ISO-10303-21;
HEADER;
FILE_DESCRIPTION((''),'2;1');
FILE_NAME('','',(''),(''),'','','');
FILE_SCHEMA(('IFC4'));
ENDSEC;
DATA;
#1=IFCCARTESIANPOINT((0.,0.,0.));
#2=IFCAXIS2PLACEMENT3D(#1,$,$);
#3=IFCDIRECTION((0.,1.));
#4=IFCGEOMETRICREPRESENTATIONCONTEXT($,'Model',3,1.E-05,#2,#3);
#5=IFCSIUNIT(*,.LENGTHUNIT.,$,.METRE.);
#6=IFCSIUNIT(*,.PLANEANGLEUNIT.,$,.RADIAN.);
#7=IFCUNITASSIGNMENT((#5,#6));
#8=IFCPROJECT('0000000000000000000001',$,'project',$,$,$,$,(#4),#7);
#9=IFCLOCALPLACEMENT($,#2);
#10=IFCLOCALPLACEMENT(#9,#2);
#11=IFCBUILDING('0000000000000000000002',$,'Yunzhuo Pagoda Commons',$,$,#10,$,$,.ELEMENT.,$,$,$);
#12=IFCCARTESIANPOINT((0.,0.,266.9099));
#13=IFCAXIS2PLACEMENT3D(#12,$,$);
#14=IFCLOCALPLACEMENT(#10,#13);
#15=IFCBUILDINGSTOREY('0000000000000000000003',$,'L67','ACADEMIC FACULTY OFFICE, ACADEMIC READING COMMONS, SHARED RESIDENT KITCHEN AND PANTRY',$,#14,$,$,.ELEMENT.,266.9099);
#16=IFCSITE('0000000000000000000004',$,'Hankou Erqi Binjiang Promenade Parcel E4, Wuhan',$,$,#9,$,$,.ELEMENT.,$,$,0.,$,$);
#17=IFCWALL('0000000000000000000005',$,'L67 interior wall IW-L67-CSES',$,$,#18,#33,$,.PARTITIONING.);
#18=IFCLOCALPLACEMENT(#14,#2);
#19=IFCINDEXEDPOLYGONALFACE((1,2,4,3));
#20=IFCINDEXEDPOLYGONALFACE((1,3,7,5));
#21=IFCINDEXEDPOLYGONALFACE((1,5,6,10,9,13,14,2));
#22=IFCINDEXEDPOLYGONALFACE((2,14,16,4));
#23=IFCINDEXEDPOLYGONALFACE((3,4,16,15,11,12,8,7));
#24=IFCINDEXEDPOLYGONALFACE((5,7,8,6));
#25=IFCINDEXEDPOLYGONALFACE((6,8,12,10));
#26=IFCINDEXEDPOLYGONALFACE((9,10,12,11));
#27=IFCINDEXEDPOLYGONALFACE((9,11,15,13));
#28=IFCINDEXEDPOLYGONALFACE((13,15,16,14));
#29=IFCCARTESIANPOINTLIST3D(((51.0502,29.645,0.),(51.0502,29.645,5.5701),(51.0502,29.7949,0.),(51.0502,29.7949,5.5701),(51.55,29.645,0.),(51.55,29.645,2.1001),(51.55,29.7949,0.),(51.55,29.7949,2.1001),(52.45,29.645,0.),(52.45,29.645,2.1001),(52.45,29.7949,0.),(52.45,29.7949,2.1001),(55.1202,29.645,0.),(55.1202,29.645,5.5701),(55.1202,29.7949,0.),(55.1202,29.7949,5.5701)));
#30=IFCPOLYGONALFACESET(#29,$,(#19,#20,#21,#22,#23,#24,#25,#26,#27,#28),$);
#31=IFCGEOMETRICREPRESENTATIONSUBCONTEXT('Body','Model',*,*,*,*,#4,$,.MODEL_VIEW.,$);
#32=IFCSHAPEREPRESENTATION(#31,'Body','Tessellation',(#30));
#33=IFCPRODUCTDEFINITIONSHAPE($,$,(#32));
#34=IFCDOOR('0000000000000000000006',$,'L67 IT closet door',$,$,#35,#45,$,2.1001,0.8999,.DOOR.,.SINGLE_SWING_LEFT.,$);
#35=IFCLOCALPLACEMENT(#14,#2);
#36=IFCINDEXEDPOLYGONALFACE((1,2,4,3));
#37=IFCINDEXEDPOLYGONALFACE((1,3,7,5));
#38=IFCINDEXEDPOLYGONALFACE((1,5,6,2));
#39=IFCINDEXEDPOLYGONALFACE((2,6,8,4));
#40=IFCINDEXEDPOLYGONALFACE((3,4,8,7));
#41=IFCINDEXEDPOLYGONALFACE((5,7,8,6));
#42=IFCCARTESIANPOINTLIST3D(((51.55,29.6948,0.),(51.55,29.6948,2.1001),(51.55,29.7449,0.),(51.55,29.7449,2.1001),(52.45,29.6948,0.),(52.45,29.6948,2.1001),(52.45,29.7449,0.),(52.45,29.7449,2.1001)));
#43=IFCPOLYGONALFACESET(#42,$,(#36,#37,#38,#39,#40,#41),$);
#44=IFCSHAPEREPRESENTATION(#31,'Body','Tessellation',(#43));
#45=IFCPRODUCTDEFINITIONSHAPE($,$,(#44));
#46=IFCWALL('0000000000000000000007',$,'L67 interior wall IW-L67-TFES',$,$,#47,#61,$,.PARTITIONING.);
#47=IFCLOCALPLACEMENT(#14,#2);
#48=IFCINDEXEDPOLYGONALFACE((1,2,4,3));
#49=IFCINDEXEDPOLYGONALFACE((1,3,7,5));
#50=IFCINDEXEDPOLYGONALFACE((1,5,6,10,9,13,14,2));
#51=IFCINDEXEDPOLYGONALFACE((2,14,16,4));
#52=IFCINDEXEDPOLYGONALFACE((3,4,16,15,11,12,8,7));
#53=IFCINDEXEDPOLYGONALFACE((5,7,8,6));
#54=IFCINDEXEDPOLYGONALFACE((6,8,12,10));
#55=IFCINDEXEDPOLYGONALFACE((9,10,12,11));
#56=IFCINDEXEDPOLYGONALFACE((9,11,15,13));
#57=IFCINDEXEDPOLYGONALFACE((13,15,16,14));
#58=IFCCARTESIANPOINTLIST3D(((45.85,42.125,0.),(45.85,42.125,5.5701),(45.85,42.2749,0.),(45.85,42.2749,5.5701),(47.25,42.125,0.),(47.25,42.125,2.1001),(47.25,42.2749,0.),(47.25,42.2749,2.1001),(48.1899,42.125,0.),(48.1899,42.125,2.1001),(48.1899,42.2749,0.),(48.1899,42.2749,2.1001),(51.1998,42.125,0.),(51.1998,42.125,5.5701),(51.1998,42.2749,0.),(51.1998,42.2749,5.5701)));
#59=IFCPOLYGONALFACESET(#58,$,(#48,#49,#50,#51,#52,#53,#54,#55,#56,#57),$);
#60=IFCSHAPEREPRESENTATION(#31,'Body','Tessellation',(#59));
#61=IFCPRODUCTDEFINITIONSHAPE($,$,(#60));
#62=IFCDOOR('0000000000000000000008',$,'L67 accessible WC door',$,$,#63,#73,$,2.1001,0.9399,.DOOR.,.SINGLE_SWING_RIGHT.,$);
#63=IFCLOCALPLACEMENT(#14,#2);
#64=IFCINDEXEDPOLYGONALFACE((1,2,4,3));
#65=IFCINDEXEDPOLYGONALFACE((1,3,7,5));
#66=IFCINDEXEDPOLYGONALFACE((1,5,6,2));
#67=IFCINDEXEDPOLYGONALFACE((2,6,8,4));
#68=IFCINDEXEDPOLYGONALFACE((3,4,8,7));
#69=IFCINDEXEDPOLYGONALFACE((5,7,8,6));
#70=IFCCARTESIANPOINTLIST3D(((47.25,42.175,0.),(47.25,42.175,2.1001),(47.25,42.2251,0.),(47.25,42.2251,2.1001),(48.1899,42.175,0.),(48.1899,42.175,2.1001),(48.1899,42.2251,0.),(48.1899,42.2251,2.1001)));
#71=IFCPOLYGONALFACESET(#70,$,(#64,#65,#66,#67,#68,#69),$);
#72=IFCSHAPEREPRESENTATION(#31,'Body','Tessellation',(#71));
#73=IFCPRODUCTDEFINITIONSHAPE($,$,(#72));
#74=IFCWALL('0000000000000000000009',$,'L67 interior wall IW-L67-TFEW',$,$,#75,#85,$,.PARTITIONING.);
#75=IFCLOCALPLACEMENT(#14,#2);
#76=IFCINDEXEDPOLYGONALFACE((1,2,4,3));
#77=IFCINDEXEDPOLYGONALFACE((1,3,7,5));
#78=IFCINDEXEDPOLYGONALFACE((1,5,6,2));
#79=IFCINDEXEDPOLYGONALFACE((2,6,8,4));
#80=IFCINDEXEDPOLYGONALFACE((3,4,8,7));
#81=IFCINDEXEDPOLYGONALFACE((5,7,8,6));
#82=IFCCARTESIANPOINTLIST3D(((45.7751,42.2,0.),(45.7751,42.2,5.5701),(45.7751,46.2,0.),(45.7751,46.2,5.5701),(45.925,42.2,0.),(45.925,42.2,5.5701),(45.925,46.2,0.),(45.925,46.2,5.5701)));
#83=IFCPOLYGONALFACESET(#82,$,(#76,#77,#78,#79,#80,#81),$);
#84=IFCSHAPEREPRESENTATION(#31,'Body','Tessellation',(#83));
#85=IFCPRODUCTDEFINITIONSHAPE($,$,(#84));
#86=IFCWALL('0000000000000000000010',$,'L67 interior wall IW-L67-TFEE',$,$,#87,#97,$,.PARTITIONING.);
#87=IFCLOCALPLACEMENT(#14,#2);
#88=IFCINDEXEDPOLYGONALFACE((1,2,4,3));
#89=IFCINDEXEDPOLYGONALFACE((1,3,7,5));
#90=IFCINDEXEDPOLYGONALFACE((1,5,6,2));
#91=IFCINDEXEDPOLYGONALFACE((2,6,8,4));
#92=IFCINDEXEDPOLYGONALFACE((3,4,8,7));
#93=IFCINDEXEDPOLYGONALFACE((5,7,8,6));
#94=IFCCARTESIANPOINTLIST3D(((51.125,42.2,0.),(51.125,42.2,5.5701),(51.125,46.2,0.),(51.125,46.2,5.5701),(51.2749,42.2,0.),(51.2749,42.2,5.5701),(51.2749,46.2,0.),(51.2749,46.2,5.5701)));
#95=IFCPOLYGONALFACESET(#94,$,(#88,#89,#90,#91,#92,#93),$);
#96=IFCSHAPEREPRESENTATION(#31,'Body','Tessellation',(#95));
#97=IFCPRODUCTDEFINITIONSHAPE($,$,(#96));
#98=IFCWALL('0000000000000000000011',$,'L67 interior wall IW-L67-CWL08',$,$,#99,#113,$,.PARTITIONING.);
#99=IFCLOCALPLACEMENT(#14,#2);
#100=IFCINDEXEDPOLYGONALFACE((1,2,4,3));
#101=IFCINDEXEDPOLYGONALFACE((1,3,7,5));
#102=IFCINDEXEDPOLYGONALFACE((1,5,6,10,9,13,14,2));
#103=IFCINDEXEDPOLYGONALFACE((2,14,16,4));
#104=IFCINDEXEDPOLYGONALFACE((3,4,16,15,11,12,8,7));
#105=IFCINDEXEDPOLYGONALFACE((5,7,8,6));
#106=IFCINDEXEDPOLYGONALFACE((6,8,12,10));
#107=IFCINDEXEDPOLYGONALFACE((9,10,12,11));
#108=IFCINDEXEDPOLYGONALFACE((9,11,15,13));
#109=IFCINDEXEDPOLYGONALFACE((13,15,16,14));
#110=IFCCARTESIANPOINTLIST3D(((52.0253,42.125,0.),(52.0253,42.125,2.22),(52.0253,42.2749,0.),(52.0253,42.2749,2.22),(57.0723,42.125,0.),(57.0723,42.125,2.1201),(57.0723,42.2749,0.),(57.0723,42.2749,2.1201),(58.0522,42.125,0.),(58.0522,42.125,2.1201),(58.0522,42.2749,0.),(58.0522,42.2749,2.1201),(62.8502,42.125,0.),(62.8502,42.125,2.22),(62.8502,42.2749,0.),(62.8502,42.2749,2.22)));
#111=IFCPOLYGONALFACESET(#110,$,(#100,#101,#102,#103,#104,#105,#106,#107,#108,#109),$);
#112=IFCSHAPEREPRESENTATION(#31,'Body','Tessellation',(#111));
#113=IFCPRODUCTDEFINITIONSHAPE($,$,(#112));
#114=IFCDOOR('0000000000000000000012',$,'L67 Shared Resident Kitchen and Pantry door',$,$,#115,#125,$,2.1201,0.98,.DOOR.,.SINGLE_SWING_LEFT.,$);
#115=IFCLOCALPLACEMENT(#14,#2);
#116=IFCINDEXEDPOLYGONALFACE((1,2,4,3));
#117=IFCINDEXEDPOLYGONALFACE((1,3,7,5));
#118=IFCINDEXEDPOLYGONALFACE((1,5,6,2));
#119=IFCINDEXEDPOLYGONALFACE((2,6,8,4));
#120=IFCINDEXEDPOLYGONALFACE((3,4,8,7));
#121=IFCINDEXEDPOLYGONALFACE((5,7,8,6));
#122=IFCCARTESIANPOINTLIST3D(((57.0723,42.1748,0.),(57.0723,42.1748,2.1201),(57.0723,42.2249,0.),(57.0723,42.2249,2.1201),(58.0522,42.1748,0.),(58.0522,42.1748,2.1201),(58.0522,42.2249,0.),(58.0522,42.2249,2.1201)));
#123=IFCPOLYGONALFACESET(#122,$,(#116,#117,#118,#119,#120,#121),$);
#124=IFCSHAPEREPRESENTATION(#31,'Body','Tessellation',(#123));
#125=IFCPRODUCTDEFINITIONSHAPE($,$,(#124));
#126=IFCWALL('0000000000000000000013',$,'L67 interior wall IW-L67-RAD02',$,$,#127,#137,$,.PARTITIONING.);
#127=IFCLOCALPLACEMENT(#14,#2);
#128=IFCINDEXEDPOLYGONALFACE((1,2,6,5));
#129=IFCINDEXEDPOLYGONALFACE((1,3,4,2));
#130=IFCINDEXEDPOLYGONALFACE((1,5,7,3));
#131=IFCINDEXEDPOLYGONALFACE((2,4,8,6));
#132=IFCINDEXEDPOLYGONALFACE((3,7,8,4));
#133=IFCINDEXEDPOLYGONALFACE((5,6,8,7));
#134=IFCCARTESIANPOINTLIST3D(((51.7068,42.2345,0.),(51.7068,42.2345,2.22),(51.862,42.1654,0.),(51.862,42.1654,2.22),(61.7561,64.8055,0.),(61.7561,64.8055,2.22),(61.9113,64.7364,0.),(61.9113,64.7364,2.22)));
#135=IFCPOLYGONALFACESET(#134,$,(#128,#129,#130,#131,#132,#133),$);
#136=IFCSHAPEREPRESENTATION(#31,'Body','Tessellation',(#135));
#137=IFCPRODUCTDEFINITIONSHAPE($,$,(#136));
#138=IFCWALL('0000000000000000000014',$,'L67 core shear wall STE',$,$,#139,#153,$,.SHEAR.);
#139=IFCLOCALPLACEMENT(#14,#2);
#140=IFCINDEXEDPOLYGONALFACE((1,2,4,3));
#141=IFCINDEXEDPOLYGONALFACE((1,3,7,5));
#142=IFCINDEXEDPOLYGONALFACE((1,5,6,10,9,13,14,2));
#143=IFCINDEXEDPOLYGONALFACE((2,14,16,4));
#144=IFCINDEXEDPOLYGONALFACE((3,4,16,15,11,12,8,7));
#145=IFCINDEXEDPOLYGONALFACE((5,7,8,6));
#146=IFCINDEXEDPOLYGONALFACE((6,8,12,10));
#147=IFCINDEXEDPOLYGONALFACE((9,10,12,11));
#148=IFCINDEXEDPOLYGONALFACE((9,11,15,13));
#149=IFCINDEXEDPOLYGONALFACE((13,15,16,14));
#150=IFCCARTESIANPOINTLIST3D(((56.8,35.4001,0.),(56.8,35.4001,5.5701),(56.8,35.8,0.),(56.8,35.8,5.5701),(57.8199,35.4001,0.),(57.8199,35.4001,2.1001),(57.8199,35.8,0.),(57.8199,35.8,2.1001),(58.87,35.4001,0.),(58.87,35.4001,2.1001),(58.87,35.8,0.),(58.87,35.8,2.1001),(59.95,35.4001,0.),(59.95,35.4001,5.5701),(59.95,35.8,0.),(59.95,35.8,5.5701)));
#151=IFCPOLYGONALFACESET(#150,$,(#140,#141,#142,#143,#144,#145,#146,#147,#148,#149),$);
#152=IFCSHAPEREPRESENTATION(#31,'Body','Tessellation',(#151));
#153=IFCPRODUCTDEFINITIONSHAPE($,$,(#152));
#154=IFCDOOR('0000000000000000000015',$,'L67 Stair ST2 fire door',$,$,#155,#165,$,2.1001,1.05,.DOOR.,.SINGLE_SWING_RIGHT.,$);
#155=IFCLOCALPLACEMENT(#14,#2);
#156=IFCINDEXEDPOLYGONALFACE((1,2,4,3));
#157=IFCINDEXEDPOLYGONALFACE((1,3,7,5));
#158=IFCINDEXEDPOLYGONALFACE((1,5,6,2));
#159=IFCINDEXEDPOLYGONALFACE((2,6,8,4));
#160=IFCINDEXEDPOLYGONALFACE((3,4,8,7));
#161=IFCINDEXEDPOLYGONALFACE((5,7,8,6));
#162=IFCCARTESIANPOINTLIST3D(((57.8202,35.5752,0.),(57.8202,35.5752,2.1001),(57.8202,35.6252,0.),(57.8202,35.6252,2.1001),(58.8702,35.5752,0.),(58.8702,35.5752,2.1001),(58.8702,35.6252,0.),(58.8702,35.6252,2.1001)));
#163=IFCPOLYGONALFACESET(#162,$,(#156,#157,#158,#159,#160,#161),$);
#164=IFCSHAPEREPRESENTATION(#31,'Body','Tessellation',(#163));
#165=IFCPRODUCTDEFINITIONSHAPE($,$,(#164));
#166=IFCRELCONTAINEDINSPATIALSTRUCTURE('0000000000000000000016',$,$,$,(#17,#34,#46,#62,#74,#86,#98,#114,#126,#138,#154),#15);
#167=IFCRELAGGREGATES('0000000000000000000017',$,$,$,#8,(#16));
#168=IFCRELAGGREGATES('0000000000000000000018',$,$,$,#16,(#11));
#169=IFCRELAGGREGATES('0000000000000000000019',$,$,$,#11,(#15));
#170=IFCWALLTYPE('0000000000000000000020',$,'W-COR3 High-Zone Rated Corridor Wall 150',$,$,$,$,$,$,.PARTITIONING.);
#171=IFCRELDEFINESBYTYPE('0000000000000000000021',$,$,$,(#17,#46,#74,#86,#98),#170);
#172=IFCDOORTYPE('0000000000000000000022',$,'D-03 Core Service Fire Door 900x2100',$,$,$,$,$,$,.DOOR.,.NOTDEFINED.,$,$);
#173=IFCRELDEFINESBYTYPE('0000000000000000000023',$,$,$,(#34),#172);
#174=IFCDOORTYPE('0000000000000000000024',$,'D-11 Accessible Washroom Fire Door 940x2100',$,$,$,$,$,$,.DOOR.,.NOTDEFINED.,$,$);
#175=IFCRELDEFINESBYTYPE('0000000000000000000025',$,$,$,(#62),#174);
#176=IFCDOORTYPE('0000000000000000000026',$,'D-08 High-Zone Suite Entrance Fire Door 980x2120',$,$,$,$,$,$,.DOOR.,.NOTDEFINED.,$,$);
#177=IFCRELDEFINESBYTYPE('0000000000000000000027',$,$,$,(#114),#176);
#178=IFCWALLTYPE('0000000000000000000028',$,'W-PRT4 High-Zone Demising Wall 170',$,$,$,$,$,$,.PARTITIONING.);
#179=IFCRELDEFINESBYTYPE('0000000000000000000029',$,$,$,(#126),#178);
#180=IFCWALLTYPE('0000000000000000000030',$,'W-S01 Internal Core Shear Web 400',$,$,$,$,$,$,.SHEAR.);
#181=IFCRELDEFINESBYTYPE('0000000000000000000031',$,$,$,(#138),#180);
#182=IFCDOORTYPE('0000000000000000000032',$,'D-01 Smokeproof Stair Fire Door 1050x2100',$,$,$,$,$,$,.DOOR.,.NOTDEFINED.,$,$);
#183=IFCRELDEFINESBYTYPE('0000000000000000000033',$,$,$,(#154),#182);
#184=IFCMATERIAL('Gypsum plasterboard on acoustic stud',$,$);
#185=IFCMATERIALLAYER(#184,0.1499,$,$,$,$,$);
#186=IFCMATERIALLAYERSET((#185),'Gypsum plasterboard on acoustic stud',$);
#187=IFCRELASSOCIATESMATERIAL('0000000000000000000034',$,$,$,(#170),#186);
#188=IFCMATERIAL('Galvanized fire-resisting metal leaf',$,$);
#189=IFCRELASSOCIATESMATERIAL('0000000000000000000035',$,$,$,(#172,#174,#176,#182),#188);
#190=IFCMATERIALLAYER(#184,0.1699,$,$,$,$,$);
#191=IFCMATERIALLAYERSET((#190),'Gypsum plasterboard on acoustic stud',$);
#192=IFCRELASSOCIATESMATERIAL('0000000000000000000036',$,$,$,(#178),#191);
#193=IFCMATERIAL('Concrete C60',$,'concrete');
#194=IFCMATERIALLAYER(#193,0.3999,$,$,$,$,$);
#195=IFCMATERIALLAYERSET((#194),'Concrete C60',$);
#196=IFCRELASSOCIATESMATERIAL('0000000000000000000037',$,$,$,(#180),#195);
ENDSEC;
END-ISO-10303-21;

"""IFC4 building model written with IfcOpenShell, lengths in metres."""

from ifc_helpers import new_model, si_unit, direction, frame, frame_2d, origin, origin_with_axes, place, context, subcontext, project, spatial, rectangle, extrude, source, transform, mapped, material, layer, layer_set, type_object, element, fill, save


model = new_model("IFC4")

# Units and contexts
model_context = context("Model", 3, precision=1e-05, world=origin(), true_north=direction((0.0, 1.0)))
body_context = subcontext(model_context, "Body", "Model", "MODEL_VIEW")
ifc_project = project(units=[si_unit("LENGTHUNIT", "METRE"), si_unit("PLANEANGLEUNIT", "RADIAN")], contexts=[model_context])

# Site, building, storey
site_placement = place(None, origin())
site = spatial("IfcSite", under=ifc_project, at=site_placement, Name="Hankou Erqi Binjiang Promenade Parcel E4, Wuhan", CompositionType="ELEMENT", RefElevation=0.0)
building_placement = place(site_placement, origin())
building = spatial("IfcBuilding", under=site, at=building_placement, Name="Yunzhuo Pagoda Commons", CompositionType="ELEMENT")
storey_placement = place(building_placement, frame((0.0, 0.0, 266.9099)))
storey = spatial("IfcBuildingStorey", under=building, at=storey_placement, Name="L67", Description="ACADEMIC FACULTY OFFICE, ACADEMIC READING COMMONS, SHARED RESIDENT KITCHEN AND PANTRY", CompositionType="ELEMENT", Elevation=266.9099)

# Shared definitions
ifc_material_1 = material(Name="Galvanized fire-resisting metal leaf")
shared_shape_1 = source(origin(), body_context, "Body", "SweptSolid", [
    extrude(rectangle(XDim=1.05, YDim=2.1001, at=frame_2d((0.5249, 1.05))), frame((0.0, 0.0249, 0.0), z_axis=(0.0, -1.0, 0.0), x_axis=(1.0, 0.0, 0.0)), (0.0, 0.0, 1.0), 0.05),
])

# Shared definitions
ifc_material_2 = material(Name="Gypsum plasterboard on acoustic stud")
ifc_layer_1 = layer(ifc_material_2, 0.1499)
ifc_layer_set_1 = layer_set([ifc_layer_1], Name="Gypsum plasterboard on acoustic stud")
wall_type_1 = type_object("IfcWallType", Name="W-COR3 High-Zone Rated Corridor Wall 150", PredefinedType="PARTITIONING", material=ifc_layer_set_1)

# Walls, openings, doors
wall_1_placement = place(storey_placement, frame((51.05, 29.72, 0.0), z_axis=(0.0, 0.0, 1.0), x_axis=(1.0, 0.0, 0.0)))
wall_1 = element("IfcWall", 1, at=wall_1_placement, inside=storey, type_object=wall_type_1, Name="L67 interior wall IW-L67-CSES", PredefinedType="PARTITIONING", context=body_context, shape_type="SweptSolid", body=[
    extrude(rectangle(XDim=4.0701, YDim=0.1499, at=frame_2d((2.0352, 0.0))), origin(), (0.0, 0.0, 1.0), 5.5701),
])
opening_1_placement = place(wall_1_placement, frame((0.5, 0.0, 0.0)))
opening_1 = element("IfcOpeningElement", 2, at=opening_1_placement, cuts=wall_1, PredefinedType="OPENING", context=body_context, shape_type="SweptSolid", body=[
    extrude(rectangle(XDim=0.8999, YDim=2.1001, at=frame_2d((0.45, 1.05))), frame((0.0, 0.085, 0.0), z_axis=(0.0, -1.0, 0.0), x_axis=(1.0, 0.0, 0.0)), (0.0, 0.0, 1.0), 0.1699),
])
door_type_1 = type_object("IfcDoorType", Name="D-03 Core Service Fire Door 900x2100", OperationType="NOTDEFINED", PredefinedType="DOOR", material=ifc_material_1)
shared_shape_2 = source(origin(), body_context, "Body", "SweptSolid", [
    extrude(rectangle(XDim=0.8999, YDim=2.1001, at=frame_2d((0.45, 1.05))), frame((0.0, 0.0249, 0.0), z_axis=(0.0, -1.0, 0.0), x_axis=(1.0, 0.0, 0.0)), (0.0, 0.0, 1.0), 0.05),
])
door_1_placement = place(opening_1_placement, origin_with_axes())
door_1 = element("IfcDoor", 3, at=door_1_placement, inside=storey, type_object=door_type_1, Name="L67 IT closet door", OperationType="SINGLE_SWING_LEFT", OverallHeight=2.1001, OverallWidth=0.8999, PredefinedType="DOOR", context=body_context, shape_type="MappedRepresentation", body=[
    mapped(shared_shape_2, transform((0.0, 0.0, 0.0), scale=1.0)),
])
fill(opening_1, door_1)
wall_2_placement = place(storey_placement, frame((45.8501, 42.2, 0.0), z_axis=(0.0, 0.0, 1.0), x_axis=(1.0, 0.0, 0.0)))
wall_2 = element("IfcWall", 4, at=wall_2_placement, inside=storey, type_object=wall_type_1, Name="L67 interior wall IW-L67-TFES", PredefinedType="PARTITIONING", context=body_context, shape_type="SweptSolid", body=[
    extrude(rectangle(XDim=5.3499, YDim=0.1499, at=frame_2d((2.6748, 0.0))), origin(), (0.0, 0.0, 1.0), 5.5701),
])
opening_2_placement = place(wall_2_placement, frame((1.3999, 0.0, 0.0)))
opening_2 = element("IfcOpeningElement", 5, at=opening_2_placement, cuts=wall_2, PredefinedType="OPENING", context=body_context, shape_type="SweptSolid", body=[
    extrude(rectangle(XDim=0.9399, YDim=2.1001, at=frame_2d((0.47, 1.05))), frame((0.0, 0.085, 0.0), z_axis=(0.0, -1.0, 0.0), x_axis=(1.0, 0.0, 0.0)), (0.0, 0.0, 1.0), 0.1699),
])
door_type_2 = type_object("IfcDoorType", Name="D-11 Accessible Washroom Fire Door 940x2100", OperationType="NOTDEFINED", PredefinedType="DOOR", material=ifc_material_1)
shared_shape_3 = source(origin(), body_context, "Body", "SweptSolid", [
    extrude(rectangle(XDim=0.9399, YDim=2.1001, at=frame_2d((0.47, 1.05))), frame((0.0, 0.0249, 0.0), z_axis=(0.0, -1.0, 0.0), x_axis=(1.0, 0.0, 0.0)), (0.0, 0.0, 1.0), 0.05),
])
door_2_placement = place(opening_2_placement, frame((0.9399, 0.0, 0.0), z_axis=(0.0, 0.0, 1.0), x_axis=(-1.0, 0.0, 0.0)))
door_2 = element("IfcDoor", 6, at=door_2_placement, inside=storey, type_object=door_type_2, Name="L67 accessible WC door", OperationType="SINGLE_SWING_RIGHT", OverallHeight=2.1001, OverallWidth=0.9399, PredefinedType="DOOR", context=body_context, shape_type="MappedRepresentation", body=[
    mapped(shared_shape_3, transform((0.0, 0.0, 0.0), scale=1.0)),
])
fill(opening_2, door_2)

# Walls
for number, where, z_axis, x_axis, name in (
    (7, (45.8501, 42.2, 0.0), (0.0, 0.0, 1.0), (0.0, 1.0, 0.0), "L67 interior wall IW-L67-TFEW"),
    (8, (51.2, 42.2, 0.0), (0.0, 0.0, 1.0), (0.0, 1.0, 0.0), "L67 interior wall IW-L67-TFEE"),
):
    element("IfcWall", number, at=place(storey_placement, frame(where, z_axis=z_axis, x_axis=x_axis)), inside=storey, type_object=wall_type_1, Name=name, PredefinedType="PARTITIONING", context=body_context, shape_type="SweptSolid", body=[
        extrude(rectangle(XDim=4.0, YDim=0.1499, at=frame_2d((2.0, 0.0))), origin(), (0.0, 0.0, 1.0), 5.5701),
    ])

# Wall, opening, door
wall_3_placement = place(storey_placement, frame((52.0251, 42.2, 0.0), z_axis=(0.0, 0.0, 1.0), x_axis=(1.0, 0.0, 0.0)))
wall_3 = element("IfcWall", 9, at=wall_3_placement, inside=storey, type_object=wall_type_1, Name="L67 interior wall IW-L67-CWL08", PredefinedType="PARTITIONING", context=body_context, shape_type="SweptSolid", body=[
    extrude(rectangle(XDim=10.825, YDim=0.1499, at=frame_2d((5.4126, 0.0))), origin(), (0.0, 0.0, 1.0), 2.22),
])
opening_3_placement = place(wall_3_placement, frame((5.0471, 0.0, 0.0)))
opening_3 = element("IfcOpeningElement", 10, at=opening_3_placement, cuts=wall_3, PredefinedType="OPENING", context=body_context, shape_type="SweptSolid", body=[
    extrude(rectangle(XDim=0.98, YDim=2.1201, at=frame_2d((0.49, 1.0601))), frame((0.0, 0.085, 0.0), z_axis=(0.0, -1.0, 0.0), x_axis=(1.0, 0.0, 0.0)), (0.0, 0.0, 1.0), 0.1699),
])
door_type_3 = type_object("IfcDoorType", Name="D-08 High-Zone Suite Entrance Fire Door 980x2120", OperationType="NOTDEFINED", PredefinedType="DOOR", material=ifc_material_1)
shared_shape_4 = source(origin(), body_context, "Body", "SweptSolid", [
    extrude(rectangle(XDim=0.98, YDim=2.1201, at=frame_2d((0.49, 1.0601))), frame((0.0, 0.0249, 0.0), z_axis=(0.0, -1.0, 0.0), x_axis=(1.0, 0.0, 0.0)), (0.0, 0.0, 1.0), 0.05),
])
door_3_placement = place(opening_3_placement, origin_with_axes())
door_3 = element("IfcDoor", 11, at=door_3_placement, inside=storey, type_object=door_type_3, Name="L67 Shared Resident Kitchen and Pantry door", OperationType="SINGLE_SWING_LEFT", OverallHeight=2.1201, OverallWidth=0.98, PredefinedType="DOOR", context=body_context, shape_type="MappedRepresentation", body=[
    mapped(shared_shape_4, transform((0.0, 0.0, 0.0), scale=1.0)),
])
fill(opening_3, door_3)

# Wall
ifc_layer_2 = layer(ifc_material_2, 0.1699)
ifc_layer_set_2 = layer_set([ifc_layer_2], Name="Gypsum plasterboard on acoustic stud")
wall_type_2 = type_object("IfcWallType", Name="W-PRT4 High-Zone Demising Wall 170", PredefinedType="PARTITIONING", material=ifc_layer_set_2)
wall_4_placement = place(storey_placement, frame((51.7844, 42.2, 0.0), z_axis=(0.0, 0.0, 1.0), x_axis=(0.406738, 0.913545, 0.0)))
element("IfcWall", 12, at=wall_4_placement, inside=storey, type_object=wall_type_2, Name="L67 interior wall IW-L67-RAD02", PredefinedType="PARTITIONING", context=body_context, shape_type="SweptSolid", body=[
    extrude(rectangle(XDim=24.707, YDim=0.1699, at=frame_2d((12.3535, 0.0))), origin(), (0.0, 0.0, 1.0), 2.22),
])

# Wall, opening, door
ifc_material_3 = material(Name="Concrete C60", Category="concrete")
ifc_layer_3 = layer(ifc_material_3, 0.3999)
ifc_layer_set_3 = layer_set([ifc_layer_3], Name="Concrete C60")
wall_type_3 = type_object("IfcWallType", Name="W-S01 Internal Core Shear Web 400", PredefinedType="SHEAR", material=ifc_layer_set_3)
wall_5_placement = place(storey_placement, frame((56.8, 35.6001, 0.0), z_axis=(0.0, 0.0, 1.0), x_axis=(1.0, 0.0, 0.0)))
wall_5 = element("IfcWall", 13, at=wall_5_placement, inside=storey, type_object=wall_type_3, Name="L67 core shear wall STE", PredefinedType="SHEAR", context=body_context, shape_type="SweptSolid", body=[
    extrude(rectangle(XDim=3.1499, YDim=0.3999, at=frame_2d((1.575, 0.0))), origin(), (0.0, 0.0, 1.0), 5.5701),
])
opening_4_placement = place(wall_5_placement, frame((1.02, 0.0, 0.0)))
opening_4 = element("IfcOpeningElement", 14, at=opening_4_placement, cuts=wall_5, PredefinedType="OPENING", context=body_context, shape_type="SweptSolid", body=[
    extrude(rectangle(XDim=1.05, YDim=2.1001, at=frame_2d((0.5249, 1.05))), frame((0.0, 0.21, 0.0), z_axis=(0.0, -1.0, 0.0), x_axis=(1.0, 0.0, 0.0)), (0.0, 0.0, 1.0), 0.4199),
])
door_type_4 = type_object("IfcDoorType", Name="D-01 Smokeproof Stair Fire Door 1050x2100", OperationType="NOTDEFINED", PredefinedType="DOOR", material=ifc_material_1)
door_4_placement = place(opening_4_placement, frame((1.05, 0.0, 0.0), z_axis=(0.0, 0.0, 1.0), x_axis=(-1.0, 0.0, 0.0)))
door_4 = element("IfcDoor", 15, at=door_4_placement, inside=storey, type_object=door_type_4, Name="L67 Stair ST2 fire door", OperationType="SINGLE_SWING_RIGHT", OverallHeight=2.1001, OverallWidth=1.05, PredefinedType="DOOR", context=body_context, shape_type="MappedRepresentation", body=[
    mapped(shared_shape_1, transform((0.0, 0.0, 0.0), scale=1.0)),
])
fill(opening_4, door_4)

save(model, "model.ifc")
